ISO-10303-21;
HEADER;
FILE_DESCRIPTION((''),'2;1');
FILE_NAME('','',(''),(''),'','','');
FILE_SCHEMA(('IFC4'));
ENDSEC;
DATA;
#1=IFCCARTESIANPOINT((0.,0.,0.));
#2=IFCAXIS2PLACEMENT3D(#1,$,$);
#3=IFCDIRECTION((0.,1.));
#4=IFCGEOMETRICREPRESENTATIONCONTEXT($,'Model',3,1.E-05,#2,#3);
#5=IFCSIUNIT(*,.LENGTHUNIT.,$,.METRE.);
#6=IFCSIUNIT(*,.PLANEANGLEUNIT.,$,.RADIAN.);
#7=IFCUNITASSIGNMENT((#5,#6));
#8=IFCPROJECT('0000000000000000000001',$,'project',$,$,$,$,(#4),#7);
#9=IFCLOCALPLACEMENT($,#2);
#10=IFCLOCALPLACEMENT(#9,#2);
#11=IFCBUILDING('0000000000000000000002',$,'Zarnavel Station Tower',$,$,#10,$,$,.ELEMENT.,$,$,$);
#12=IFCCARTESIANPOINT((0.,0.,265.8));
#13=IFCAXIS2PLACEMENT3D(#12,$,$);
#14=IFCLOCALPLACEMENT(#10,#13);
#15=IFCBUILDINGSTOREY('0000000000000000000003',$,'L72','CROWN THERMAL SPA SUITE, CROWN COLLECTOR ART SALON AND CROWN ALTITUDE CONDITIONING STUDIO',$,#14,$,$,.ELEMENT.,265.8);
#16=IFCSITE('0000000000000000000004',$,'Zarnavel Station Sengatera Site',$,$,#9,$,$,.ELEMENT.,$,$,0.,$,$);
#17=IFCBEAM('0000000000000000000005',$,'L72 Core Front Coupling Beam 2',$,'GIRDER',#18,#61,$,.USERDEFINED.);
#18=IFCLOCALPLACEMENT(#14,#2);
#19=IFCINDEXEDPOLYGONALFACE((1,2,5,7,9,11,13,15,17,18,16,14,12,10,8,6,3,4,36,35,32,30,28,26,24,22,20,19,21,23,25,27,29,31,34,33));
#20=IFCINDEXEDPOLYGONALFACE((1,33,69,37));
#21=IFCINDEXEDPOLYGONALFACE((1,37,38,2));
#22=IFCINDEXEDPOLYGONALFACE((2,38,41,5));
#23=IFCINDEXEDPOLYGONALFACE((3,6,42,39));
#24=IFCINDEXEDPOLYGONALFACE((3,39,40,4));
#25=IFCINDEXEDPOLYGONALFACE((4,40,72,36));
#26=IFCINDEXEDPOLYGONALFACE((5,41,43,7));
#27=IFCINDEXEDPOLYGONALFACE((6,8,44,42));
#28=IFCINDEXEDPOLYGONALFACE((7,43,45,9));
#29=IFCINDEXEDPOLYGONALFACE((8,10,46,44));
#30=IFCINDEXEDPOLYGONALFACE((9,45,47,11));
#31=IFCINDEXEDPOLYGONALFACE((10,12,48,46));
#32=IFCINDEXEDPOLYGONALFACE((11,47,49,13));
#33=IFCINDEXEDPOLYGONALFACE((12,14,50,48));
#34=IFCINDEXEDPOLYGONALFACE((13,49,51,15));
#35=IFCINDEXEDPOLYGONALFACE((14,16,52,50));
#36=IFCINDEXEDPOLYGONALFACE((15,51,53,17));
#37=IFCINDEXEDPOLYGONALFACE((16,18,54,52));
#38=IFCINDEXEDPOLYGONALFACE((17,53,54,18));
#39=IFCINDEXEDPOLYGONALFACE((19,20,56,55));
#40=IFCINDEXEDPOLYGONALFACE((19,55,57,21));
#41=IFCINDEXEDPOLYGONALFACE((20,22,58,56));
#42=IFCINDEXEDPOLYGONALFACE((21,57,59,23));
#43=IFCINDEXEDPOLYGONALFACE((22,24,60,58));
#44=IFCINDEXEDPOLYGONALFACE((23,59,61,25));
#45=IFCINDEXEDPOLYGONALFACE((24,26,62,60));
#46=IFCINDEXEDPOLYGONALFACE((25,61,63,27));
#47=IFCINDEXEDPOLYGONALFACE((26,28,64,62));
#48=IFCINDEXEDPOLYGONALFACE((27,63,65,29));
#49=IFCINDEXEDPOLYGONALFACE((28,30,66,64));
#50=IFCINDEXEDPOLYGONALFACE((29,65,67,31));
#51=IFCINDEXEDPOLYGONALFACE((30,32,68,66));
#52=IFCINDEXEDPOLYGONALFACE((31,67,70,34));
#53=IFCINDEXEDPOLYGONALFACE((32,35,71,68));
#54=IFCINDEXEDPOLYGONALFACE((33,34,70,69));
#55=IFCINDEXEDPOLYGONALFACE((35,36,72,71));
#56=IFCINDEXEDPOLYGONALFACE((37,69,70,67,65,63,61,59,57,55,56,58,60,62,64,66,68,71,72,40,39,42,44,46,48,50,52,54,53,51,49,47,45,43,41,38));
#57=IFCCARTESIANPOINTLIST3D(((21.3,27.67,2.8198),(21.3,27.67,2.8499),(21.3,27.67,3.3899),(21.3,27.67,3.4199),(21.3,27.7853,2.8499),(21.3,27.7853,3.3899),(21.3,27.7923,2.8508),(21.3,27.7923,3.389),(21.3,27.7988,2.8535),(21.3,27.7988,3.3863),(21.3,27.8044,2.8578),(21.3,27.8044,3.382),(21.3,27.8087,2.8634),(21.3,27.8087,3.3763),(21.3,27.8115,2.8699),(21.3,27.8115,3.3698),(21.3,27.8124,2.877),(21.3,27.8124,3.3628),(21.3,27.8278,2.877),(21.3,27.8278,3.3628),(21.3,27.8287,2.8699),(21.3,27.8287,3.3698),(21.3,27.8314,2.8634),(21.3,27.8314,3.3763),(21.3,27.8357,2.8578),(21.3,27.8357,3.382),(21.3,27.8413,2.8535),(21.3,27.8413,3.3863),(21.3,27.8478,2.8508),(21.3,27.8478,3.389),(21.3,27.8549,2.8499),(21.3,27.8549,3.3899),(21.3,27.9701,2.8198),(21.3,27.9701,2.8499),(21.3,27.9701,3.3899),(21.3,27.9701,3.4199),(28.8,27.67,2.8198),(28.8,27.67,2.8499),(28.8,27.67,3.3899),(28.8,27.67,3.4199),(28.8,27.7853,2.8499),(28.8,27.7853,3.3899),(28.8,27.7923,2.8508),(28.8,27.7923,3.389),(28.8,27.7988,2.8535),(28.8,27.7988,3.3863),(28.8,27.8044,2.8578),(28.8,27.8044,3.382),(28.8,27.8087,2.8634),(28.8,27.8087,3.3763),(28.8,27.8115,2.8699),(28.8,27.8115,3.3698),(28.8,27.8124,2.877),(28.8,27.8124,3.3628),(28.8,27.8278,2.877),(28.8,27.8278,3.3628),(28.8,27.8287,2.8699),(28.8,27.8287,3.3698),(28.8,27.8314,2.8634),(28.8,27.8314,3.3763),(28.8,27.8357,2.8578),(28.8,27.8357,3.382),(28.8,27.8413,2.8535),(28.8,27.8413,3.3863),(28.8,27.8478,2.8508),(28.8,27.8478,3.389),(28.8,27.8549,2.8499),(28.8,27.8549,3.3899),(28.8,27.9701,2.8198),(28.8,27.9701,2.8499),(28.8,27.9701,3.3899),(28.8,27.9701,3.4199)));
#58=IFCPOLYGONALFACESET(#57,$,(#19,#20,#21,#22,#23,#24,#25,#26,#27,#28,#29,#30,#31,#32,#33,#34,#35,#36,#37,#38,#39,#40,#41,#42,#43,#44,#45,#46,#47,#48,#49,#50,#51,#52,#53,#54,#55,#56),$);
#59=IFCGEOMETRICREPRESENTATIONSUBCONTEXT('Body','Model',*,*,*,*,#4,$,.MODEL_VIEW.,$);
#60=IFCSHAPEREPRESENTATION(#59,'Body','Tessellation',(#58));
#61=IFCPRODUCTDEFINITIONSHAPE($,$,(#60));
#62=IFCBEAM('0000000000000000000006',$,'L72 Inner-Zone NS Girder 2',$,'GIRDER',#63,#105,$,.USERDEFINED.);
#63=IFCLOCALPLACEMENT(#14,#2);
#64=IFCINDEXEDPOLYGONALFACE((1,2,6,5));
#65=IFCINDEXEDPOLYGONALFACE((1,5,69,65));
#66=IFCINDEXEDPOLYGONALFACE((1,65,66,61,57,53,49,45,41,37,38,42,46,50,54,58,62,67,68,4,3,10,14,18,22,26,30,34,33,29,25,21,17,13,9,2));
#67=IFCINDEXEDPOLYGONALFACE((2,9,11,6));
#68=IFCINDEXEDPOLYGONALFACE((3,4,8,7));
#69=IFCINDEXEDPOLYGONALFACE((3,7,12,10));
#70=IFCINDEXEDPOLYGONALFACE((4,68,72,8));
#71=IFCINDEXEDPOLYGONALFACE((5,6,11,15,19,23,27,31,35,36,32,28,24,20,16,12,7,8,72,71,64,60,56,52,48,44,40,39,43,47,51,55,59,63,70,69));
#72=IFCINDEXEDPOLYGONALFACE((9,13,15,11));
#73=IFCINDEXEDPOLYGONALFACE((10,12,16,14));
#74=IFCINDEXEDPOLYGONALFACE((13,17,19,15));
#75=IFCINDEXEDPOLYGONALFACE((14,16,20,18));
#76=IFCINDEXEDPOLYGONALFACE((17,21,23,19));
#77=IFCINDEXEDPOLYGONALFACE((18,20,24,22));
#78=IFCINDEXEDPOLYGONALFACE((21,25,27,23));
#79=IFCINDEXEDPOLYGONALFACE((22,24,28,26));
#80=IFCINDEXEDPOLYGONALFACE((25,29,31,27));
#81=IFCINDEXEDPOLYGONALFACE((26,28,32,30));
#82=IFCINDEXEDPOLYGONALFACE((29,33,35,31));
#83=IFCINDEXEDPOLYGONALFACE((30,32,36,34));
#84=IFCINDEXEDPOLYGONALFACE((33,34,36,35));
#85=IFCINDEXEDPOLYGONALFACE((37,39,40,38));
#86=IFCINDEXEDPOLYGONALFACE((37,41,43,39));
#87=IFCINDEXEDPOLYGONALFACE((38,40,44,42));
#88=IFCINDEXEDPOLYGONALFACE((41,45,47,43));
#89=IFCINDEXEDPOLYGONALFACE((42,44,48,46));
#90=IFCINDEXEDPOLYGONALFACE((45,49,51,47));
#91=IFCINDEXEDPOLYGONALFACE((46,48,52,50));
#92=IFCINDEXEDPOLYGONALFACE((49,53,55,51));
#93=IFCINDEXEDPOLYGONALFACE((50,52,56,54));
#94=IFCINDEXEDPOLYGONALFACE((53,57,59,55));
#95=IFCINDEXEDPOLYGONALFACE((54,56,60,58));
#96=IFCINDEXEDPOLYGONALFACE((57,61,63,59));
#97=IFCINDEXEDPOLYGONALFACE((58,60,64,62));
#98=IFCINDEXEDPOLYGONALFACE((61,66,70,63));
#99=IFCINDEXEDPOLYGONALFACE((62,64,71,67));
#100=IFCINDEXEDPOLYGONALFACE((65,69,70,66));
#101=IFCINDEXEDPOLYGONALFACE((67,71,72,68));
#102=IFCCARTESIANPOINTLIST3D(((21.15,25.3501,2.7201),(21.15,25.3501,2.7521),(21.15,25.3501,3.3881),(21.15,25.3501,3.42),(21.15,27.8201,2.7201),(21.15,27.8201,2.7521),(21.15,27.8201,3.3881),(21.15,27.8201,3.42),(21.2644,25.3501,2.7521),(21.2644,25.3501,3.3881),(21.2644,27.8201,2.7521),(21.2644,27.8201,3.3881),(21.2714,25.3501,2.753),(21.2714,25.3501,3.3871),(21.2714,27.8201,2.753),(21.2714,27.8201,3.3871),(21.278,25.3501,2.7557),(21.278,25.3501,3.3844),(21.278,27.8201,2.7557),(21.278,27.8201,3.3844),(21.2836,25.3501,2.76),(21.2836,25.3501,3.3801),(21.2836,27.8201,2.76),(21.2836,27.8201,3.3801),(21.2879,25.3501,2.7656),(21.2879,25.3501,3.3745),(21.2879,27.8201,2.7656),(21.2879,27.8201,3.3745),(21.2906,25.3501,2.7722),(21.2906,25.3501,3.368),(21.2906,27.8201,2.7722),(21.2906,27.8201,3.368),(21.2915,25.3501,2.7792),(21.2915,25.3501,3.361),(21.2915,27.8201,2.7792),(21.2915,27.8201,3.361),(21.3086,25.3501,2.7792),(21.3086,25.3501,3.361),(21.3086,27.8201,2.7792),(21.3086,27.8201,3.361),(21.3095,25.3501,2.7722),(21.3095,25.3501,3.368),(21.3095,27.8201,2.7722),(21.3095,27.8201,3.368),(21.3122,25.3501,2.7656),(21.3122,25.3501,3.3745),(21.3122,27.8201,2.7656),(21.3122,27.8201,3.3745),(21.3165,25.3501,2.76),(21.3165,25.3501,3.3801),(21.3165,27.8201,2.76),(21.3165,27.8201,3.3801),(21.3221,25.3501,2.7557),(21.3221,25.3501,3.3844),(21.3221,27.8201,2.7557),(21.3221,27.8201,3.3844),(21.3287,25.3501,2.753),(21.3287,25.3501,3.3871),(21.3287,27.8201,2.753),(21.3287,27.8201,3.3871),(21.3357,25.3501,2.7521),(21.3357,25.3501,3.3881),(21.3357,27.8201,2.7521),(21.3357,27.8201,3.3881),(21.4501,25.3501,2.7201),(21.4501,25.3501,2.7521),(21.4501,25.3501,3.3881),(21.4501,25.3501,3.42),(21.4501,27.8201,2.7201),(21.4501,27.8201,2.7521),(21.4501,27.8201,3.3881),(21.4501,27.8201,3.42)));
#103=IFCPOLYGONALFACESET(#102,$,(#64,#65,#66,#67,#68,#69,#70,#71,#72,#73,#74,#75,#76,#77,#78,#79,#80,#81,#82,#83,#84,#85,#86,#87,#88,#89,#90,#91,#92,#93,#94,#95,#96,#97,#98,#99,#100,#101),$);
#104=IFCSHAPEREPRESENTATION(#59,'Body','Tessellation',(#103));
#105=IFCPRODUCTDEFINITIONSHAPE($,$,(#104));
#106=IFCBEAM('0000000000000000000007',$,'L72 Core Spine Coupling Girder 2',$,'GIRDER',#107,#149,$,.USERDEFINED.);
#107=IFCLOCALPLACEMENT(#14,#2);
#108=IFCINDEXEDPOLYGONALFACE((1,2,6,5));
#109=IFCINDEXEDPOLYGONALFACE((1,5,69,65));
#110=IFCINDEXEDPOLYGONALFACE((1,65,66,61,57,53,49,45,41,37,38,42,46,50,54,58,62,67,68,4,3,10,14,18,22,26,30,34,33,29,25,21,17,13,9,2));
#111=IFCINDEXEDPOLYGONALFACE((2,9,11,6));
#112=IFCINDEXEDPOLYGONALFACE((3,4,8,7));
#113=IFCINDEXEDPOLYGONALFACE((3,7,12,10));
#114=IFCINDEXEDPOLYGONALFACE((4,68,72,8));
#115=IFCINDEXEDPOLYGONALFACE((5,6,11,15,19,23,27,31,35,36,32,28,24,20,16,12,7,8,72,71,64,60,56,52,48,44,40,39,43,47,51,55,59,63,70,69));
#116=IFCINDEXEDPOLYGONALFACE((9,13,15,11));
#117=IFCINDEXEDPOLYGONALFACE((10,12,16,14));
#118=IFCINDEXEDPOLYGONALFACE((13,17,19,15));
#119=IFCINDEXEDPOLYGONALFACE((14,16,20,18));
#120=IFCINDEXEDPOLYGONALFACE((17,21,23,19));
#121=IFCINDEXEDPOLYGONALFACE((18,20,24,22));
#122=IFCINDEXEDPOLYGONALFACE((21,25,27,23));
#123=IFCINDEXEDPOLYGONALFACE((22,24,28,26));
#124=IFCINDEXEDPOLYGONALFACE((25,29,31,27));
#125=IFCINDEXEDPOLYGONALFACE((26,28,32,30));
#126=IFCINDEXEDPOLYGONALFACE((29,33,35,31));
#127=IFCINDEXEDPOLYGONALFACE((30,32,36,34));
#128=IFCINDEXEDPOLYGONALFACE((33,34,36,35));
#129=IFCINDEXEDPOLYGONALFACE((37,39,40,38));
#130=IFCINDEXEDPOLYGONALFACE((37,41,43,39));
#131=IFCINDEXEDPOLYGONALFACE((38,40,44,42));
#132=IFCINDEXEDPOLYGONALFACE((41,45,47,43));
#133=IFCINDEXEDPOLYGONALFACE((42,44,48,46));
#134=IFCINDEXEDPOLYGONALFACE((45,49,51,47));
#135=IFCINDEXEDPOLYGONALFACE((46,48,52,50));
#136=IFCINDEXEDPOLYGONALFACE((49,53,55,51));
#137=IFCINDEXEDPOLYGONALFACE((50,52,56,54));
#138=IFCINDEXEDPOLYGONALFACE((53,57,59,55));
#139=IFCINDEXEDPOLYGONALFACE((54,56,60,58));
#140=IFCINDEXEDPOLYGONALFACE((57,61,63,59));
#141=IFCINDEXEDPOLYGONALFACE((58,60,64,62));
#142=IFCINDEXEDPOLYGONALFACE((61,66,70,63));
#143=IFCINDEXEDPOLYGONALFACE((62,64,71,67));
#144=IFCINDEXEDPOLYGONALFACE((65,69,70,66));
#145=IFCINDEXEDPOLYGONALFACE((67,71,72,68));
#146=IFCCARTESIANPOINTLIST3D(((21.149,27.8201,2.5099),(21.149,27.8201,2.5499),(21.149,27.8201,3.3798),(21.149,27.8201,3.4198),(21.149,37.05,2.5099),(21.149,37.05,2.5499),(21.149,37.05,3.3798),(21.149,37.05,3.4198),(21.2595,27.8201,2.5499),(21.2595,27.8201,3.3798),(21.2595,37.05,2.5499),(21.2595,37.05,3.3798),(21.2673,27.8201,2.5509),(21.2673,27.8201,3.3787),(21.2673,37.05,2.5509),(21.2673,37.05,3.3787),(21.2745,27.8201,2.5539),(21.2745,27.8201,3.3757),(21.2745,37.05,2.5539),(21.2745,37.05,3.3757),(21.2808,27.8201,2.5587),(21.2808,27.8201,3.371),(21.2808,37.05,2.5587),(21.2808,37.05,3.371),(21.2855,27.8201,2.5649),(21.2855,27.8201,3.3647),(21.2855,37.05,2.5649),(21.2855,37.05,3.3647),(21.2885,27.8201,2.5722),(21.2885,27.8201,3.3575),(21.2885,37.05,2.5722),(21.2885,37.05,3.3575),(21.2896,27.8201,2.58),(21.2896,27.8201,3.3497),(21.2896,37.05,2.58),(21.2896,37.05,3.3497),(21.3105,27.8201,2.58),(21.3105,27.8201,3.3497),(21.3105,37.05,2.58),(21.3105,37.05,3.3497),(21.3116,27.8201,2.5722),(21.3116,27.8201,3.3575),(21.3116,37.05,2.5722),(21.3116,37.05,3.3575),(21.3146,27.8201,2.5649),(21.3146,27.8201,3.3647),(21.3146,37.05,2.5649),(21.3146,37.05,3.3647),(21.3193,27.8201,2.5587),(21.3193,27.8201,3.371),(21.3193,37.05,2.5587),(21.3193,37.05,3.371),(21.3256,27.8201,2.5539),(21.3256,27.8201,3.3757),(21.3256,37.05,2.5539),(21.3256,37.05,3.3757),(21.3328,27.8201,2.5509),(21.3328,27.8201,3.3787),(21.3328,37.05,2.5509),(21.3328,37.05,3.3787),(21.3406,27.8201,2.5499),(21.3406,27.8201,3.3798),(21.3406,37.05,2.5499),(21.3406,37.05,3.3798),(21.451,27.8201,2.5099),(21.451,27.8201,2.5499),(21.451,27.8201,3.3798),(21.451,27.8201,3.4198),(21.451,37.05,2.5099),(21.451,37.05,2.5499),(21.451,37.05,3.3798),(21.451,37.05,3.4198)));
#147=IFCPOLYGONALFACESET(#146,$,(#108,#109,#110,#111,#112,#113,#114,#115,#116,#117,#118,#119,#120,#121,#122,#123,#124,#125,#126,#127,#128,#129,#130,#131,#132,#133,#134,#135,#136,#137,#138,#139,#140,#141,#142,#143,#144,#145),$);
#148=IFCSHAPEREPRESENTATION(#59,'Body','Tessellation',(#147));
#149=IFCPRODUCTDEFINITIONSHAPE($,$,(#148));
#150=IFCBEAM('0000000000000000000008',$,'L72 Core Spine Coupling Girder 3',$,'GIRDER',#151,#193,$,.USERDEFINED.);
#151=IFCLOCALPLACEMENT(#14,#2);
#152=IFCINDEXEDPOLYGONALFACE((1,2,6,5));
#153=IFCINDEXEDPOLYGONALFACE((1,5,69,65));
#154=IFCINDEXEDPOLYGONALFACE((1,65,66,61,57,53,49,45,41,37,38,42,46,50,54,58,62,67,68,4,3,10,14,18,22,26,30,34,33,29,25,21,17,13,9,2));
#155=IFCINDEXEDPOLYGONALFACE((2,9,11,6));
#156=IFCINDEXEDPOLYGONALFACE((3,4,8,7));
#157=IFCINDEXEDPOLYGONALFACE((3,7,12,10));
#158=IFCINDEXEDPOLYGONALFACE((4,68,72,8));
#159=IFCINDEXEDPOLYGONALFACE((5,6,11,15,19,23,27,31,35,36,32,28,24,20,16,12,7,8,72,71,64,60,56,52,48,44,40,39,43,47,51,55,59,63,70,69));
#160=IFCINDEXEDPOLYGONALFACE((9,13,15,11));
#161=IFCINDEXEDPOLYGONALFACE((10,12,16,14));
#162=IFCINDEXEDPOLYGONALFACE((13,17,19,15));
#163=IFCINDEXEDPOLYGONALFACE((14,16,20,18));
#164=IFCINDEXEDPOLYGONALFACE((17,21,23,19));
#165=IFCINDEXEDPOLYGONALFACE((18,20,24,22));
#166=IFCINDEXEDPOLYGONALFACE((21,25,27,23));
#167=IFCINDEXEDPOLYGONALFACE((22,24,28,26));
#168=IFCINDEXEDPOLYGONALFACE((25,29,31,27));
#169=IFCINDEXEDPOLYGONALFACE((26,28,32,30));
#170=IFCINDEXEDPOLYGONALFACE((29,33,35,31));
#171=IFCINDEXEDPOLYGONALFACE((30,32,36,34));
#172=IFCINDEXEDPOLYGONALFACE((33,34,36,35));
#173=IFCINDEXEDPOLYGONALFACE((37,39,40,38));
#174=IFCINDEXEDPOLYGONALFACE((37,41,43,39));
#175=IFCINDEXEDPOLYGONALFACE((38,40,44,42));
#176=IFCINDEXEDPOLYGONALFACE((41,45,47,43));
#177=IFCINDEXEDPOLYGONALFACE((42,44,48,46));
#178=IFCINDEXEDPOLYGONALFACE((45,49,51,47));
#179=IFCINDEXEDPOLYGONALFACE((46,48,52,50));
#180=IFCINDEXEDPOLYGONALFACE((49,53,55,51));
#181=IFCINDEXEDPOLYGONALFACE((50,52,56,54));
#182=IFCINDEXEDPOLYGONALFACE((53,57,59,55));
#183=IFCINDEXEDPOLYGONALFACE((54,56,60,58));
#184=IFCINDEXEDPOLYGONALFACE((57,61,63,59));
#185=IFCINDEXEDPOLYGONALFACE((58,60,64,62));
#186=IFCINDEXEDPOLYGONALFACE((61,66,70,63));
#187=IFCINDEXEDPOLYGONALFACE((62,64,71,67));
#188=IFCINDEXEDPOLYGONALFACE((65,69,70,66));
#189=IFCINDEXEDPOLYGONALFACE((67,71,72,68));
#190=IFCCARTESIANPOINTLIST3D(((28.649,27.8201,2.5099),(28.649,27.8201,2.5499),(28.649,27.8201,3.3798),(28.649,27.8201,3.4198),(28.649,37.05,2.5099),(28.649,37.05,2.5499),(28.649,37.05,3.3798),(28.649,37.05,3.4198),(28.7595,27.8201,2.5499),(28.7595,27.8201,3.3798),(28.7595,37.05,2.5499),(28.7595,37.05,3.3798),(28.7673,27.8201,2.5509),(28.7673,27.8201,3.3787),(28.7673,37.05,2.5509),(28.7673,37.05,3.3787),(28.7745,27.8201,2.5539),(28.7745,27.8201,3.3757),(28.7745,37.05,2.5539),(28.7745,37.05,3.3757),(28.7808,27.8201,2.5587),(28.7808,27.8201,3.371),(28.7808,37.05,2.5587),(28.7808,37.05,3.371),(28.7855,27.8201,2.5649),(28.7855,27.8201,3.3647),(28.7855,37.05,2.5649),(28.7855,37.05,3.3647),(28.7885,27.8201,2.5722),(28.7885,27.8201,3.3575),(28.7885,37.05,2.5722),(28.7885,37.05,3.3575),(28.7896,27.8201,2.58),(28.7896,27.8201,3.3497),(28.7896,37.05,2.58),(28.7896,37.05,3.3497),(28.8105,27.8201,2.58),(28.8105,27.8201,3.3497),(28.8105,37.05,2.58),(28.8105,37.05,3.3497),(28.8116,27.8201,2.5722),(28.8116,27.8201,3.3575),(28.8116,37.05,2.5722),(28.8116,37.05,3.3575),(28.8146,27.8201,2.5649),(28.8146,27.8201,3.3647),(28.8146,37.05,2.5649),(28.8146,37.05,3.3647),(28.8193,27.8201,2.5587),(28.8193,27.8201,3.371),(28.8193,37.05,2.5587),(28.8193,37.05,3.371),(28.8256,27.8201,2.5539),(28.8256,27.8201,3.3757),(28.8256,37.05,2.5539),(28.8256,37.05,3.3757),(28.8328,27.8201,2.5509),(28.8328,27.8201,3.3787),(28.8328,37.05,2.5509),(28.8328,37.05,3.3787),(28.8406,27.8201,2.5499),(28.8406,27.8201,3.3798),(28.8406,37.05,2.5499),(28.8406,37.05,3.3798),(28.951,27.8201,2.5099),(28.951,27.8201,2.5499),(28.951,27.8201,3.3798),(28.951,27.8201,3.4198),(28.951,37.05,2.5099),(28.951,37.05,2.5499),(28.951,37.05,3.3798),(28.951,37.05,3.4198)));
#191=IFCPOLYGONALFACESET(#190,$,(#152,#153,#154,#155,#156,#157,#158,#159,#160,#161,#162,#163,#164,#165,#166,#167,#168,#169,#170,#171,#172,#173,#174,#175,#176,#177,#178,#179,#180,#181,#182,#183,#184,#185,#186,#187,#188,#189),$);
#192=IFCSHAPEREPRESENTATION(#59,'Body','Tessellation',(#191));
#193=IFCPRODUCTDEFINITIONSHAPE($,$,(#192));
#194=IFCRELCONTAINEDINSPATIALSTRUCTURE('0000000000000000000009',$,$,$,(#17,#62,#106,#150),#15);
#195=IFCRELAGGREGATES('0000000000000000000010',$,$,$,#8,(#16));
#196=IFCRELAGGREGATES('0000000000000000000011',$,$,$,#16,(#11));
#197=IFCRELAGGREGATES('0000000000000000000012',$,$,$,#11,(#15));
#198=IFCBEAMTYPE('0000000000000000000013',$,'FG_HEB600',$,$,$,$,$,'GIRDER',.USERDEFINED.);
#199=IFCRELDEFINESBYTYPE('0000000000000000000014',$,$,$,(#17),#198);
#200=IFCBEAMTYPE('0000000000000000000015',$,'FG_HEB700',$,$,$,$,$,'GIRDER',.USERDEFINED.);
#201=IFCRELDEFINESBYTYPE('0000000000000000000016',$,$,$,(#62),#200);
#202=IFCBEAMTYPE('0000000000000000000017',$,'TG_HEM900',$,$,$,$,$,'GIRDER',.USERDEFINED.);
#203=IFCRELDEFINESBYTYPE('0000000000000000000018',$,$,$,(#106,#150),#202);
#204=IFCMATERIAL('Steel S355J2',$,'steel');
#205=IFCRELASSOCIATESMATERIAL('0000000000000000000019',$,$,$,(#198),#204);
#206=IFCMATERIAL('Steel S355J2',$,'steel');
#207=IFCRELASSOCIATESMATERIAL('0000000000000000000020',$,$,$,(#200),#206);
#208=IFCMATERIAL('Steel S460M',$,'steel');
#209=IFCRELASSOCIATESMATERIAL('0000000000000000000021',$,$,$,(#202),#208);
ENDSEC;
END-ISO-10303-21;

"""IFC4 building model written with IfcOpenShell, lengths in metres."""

from ifc_helpers import new_model, si_unit, direction, frame, origin, origin_2d, place, context, subcontext, project, spatial, i_section, extrude, material, material_profile, profile_set, type_object, element, save


model = new_model("IFC4")

# Units and contexts
model_context = context("Model", 3, precision=1e-05, world=origin(), true_north=direction((0.0, 1.0)))
body_context = subcontext(model_context, "Body", "Model", "MODEL_VIEW")
ifc_project = project(units=[si_unit("LENGTHUNIT", "METRE"), si_unit("PLANEANGLEUNIT", "RADIAN")], contexts=[model_context])

# Site, building, storey
site_placement = place(None, origin())
site = spatial("IfcSite", under=ifc_project, at=site_placement, Name="Zarnavel Station Sengatera Site", CompositionType="ELEMENT", RefElevation=0.0)
building_placement = place(site_placement, origin())
building = spatial("IfcBuilding", under=site, at=building_placement, Name="Zarnavel Station Tower", CompositionType="ELEMENT")
storey_placement = place(building_placement, frame((0.0, 0.0, 265.8)))
storey = spatial("IfcBuildingStorey", under=building, at=storey_placement, Name="L72", Description="CROWN THERMAL SPA SUITE, CROWN COLLECTOR ART SALON AND CROWN ALTITUDE CONDITIONING STUDIO", CompositionType="ELEMENT", Elevation=265.8)

# Beams
ifc_material_1 = material(Name="Steel S355J2", Category="steel")
ifc_material_profile_1 = material_profile(ifc_material_1, i_section(OverallWidth=0.3, OverallDepth=0.6001, WebThickness=0.0154, FlangeThickness=0.03, FilletRadius=0.0271, at=origin_2d()), Name="HEB600")
ifc_profile_set_1 = profile_set([ifc_material_profile_1], Name="Steel S355J2")
beam_type_1 = type_object("IfcBeamType", Name="FG_HEB600", ElementType="GIRDER", PredefinedType="USERDEFINED", material=ifc_profile_set_1)
beam_1_placement = place(storey_placement, frame((21.3, 27.8201, 3.1199), z_axis=(1.0, 0.0, 0.0), x_axis=(0.0, 1.0, 0.0)))
element("IfcBeam", 1, at=beam_1_placement, inside=storey, type_object=beam_type_1, Name="L72 Core Front Coupling Beam 2", ObjectType="GIRDER", PredefinedType="USERDEFINED", context=body_context, shape_type="SweptSolid", body=[
    extrude(i_section(OverallWidth=0.3, OverallDepth=0.6001, WebThickness=0.0154, FlangeThickness=0.03, FilletRadius=0.0271, at=origin_2d()), origin(), (0.0, 0.0, 1.0), 7.5),
])
ifc_material_2 = material(Name="Steel S355J2", Category="steel")
ifc_material_profile_2 = material_profile(ifc_material_2, i_section(OverallWidth=0.3, OverallDepth=0.7, WebThickness=0.0171, FlangeThickness=0.032, FilletRadius=0.0271, at=origin_2d()), Name="HEB700")
ifc_profile_set_2 = profile_set([ifc_material_profile_2], Name="Steel S355J2")
beam_type_2 = type_object("IfcBeamType", Name="FG_HEB700", ElementType="GIRDER", PredefinedType="USERDEFINED", material=ifc_profile_set_2)
beam_2_placement = place(storey_placement, frame((21.3, 25.3501, 3.0701), z_axis=(0.0, 1.0, 0.0), x_axis=(-1.0, 0.0, 0.0)))
element("IfcBeam", 2, at=beam_2_placement, inside=storey, type_object=beam_type_2, Name="L72 Inner-Zone NS Girder 2", ObjectType="GIRDER", PredefinedType="USERDEFINED", context=body_context, shape_type="SweptSolid", body=[
    extrude(i_section(OverallWidth=0.3, OverallDepth=0.7, WebThickness=0.0171, FlangeThickness=0.032, FilletRadius=0.0271, at=origin_2d()), origin(), (0.0, 0.0, 1.0), 2.47),
])
ifc_material_3 = material(Name="Steel S460M", Category="steel")
ifc_material_profile_3 = material_profile(ifc_material_3, i_section(OverallWidth=0.302, OverallDepth=0.9099, WebThickness=0.021, FlangeThickness=0.04, FilletRadius=0.03, at=origin_2d()), Name="HEM900")
ifc_profile_set_3 = profile_set([ifc_material_profile_3], Name="Steel S460M")
beam_type_3 = type_object("IfcBeamType", Name="TG_HEM900", ElementType="GIRDER", PredefinedType="USERDEFINED", material=ifc_profile_set_3)
for number, where, z_axis, x_axis, name in (
    (3, (21.3, 27.8201, 2.9648), (0.0, 1.0, 0.0), (-1.0, 0.0, 0.0), "L72 Core Spine Coupling Girder 2"),
    (4, (28.8, 27.8201, 2.9648), (0.0, 1.0, 0.0), (-1.0, 0.0, 0.0), "L72 Core Spine Coupling Girder 3"),
):
    element("IfcBeam", number, at=place(storey_placement, frame(where, z_axis=z_axis, x_axis=x_axis)), inside=storey, type_object=beam_type_3, Name=name, ObjectType="GIRDER", PredefinedType="USERDEFINED", context=body_context, shape_type="SweptSolid", body=[
        extrude(i_section(OverallWidth=0.302, OverallDepth=0.9099, WebThickness=0.021, FlangeThickness=0.04, FilletRadius=0.03, at=origin_2d()), origin(), (0.0, 0.0, 1.0), 9.23),
    ])

save(model, "model.ifc")
